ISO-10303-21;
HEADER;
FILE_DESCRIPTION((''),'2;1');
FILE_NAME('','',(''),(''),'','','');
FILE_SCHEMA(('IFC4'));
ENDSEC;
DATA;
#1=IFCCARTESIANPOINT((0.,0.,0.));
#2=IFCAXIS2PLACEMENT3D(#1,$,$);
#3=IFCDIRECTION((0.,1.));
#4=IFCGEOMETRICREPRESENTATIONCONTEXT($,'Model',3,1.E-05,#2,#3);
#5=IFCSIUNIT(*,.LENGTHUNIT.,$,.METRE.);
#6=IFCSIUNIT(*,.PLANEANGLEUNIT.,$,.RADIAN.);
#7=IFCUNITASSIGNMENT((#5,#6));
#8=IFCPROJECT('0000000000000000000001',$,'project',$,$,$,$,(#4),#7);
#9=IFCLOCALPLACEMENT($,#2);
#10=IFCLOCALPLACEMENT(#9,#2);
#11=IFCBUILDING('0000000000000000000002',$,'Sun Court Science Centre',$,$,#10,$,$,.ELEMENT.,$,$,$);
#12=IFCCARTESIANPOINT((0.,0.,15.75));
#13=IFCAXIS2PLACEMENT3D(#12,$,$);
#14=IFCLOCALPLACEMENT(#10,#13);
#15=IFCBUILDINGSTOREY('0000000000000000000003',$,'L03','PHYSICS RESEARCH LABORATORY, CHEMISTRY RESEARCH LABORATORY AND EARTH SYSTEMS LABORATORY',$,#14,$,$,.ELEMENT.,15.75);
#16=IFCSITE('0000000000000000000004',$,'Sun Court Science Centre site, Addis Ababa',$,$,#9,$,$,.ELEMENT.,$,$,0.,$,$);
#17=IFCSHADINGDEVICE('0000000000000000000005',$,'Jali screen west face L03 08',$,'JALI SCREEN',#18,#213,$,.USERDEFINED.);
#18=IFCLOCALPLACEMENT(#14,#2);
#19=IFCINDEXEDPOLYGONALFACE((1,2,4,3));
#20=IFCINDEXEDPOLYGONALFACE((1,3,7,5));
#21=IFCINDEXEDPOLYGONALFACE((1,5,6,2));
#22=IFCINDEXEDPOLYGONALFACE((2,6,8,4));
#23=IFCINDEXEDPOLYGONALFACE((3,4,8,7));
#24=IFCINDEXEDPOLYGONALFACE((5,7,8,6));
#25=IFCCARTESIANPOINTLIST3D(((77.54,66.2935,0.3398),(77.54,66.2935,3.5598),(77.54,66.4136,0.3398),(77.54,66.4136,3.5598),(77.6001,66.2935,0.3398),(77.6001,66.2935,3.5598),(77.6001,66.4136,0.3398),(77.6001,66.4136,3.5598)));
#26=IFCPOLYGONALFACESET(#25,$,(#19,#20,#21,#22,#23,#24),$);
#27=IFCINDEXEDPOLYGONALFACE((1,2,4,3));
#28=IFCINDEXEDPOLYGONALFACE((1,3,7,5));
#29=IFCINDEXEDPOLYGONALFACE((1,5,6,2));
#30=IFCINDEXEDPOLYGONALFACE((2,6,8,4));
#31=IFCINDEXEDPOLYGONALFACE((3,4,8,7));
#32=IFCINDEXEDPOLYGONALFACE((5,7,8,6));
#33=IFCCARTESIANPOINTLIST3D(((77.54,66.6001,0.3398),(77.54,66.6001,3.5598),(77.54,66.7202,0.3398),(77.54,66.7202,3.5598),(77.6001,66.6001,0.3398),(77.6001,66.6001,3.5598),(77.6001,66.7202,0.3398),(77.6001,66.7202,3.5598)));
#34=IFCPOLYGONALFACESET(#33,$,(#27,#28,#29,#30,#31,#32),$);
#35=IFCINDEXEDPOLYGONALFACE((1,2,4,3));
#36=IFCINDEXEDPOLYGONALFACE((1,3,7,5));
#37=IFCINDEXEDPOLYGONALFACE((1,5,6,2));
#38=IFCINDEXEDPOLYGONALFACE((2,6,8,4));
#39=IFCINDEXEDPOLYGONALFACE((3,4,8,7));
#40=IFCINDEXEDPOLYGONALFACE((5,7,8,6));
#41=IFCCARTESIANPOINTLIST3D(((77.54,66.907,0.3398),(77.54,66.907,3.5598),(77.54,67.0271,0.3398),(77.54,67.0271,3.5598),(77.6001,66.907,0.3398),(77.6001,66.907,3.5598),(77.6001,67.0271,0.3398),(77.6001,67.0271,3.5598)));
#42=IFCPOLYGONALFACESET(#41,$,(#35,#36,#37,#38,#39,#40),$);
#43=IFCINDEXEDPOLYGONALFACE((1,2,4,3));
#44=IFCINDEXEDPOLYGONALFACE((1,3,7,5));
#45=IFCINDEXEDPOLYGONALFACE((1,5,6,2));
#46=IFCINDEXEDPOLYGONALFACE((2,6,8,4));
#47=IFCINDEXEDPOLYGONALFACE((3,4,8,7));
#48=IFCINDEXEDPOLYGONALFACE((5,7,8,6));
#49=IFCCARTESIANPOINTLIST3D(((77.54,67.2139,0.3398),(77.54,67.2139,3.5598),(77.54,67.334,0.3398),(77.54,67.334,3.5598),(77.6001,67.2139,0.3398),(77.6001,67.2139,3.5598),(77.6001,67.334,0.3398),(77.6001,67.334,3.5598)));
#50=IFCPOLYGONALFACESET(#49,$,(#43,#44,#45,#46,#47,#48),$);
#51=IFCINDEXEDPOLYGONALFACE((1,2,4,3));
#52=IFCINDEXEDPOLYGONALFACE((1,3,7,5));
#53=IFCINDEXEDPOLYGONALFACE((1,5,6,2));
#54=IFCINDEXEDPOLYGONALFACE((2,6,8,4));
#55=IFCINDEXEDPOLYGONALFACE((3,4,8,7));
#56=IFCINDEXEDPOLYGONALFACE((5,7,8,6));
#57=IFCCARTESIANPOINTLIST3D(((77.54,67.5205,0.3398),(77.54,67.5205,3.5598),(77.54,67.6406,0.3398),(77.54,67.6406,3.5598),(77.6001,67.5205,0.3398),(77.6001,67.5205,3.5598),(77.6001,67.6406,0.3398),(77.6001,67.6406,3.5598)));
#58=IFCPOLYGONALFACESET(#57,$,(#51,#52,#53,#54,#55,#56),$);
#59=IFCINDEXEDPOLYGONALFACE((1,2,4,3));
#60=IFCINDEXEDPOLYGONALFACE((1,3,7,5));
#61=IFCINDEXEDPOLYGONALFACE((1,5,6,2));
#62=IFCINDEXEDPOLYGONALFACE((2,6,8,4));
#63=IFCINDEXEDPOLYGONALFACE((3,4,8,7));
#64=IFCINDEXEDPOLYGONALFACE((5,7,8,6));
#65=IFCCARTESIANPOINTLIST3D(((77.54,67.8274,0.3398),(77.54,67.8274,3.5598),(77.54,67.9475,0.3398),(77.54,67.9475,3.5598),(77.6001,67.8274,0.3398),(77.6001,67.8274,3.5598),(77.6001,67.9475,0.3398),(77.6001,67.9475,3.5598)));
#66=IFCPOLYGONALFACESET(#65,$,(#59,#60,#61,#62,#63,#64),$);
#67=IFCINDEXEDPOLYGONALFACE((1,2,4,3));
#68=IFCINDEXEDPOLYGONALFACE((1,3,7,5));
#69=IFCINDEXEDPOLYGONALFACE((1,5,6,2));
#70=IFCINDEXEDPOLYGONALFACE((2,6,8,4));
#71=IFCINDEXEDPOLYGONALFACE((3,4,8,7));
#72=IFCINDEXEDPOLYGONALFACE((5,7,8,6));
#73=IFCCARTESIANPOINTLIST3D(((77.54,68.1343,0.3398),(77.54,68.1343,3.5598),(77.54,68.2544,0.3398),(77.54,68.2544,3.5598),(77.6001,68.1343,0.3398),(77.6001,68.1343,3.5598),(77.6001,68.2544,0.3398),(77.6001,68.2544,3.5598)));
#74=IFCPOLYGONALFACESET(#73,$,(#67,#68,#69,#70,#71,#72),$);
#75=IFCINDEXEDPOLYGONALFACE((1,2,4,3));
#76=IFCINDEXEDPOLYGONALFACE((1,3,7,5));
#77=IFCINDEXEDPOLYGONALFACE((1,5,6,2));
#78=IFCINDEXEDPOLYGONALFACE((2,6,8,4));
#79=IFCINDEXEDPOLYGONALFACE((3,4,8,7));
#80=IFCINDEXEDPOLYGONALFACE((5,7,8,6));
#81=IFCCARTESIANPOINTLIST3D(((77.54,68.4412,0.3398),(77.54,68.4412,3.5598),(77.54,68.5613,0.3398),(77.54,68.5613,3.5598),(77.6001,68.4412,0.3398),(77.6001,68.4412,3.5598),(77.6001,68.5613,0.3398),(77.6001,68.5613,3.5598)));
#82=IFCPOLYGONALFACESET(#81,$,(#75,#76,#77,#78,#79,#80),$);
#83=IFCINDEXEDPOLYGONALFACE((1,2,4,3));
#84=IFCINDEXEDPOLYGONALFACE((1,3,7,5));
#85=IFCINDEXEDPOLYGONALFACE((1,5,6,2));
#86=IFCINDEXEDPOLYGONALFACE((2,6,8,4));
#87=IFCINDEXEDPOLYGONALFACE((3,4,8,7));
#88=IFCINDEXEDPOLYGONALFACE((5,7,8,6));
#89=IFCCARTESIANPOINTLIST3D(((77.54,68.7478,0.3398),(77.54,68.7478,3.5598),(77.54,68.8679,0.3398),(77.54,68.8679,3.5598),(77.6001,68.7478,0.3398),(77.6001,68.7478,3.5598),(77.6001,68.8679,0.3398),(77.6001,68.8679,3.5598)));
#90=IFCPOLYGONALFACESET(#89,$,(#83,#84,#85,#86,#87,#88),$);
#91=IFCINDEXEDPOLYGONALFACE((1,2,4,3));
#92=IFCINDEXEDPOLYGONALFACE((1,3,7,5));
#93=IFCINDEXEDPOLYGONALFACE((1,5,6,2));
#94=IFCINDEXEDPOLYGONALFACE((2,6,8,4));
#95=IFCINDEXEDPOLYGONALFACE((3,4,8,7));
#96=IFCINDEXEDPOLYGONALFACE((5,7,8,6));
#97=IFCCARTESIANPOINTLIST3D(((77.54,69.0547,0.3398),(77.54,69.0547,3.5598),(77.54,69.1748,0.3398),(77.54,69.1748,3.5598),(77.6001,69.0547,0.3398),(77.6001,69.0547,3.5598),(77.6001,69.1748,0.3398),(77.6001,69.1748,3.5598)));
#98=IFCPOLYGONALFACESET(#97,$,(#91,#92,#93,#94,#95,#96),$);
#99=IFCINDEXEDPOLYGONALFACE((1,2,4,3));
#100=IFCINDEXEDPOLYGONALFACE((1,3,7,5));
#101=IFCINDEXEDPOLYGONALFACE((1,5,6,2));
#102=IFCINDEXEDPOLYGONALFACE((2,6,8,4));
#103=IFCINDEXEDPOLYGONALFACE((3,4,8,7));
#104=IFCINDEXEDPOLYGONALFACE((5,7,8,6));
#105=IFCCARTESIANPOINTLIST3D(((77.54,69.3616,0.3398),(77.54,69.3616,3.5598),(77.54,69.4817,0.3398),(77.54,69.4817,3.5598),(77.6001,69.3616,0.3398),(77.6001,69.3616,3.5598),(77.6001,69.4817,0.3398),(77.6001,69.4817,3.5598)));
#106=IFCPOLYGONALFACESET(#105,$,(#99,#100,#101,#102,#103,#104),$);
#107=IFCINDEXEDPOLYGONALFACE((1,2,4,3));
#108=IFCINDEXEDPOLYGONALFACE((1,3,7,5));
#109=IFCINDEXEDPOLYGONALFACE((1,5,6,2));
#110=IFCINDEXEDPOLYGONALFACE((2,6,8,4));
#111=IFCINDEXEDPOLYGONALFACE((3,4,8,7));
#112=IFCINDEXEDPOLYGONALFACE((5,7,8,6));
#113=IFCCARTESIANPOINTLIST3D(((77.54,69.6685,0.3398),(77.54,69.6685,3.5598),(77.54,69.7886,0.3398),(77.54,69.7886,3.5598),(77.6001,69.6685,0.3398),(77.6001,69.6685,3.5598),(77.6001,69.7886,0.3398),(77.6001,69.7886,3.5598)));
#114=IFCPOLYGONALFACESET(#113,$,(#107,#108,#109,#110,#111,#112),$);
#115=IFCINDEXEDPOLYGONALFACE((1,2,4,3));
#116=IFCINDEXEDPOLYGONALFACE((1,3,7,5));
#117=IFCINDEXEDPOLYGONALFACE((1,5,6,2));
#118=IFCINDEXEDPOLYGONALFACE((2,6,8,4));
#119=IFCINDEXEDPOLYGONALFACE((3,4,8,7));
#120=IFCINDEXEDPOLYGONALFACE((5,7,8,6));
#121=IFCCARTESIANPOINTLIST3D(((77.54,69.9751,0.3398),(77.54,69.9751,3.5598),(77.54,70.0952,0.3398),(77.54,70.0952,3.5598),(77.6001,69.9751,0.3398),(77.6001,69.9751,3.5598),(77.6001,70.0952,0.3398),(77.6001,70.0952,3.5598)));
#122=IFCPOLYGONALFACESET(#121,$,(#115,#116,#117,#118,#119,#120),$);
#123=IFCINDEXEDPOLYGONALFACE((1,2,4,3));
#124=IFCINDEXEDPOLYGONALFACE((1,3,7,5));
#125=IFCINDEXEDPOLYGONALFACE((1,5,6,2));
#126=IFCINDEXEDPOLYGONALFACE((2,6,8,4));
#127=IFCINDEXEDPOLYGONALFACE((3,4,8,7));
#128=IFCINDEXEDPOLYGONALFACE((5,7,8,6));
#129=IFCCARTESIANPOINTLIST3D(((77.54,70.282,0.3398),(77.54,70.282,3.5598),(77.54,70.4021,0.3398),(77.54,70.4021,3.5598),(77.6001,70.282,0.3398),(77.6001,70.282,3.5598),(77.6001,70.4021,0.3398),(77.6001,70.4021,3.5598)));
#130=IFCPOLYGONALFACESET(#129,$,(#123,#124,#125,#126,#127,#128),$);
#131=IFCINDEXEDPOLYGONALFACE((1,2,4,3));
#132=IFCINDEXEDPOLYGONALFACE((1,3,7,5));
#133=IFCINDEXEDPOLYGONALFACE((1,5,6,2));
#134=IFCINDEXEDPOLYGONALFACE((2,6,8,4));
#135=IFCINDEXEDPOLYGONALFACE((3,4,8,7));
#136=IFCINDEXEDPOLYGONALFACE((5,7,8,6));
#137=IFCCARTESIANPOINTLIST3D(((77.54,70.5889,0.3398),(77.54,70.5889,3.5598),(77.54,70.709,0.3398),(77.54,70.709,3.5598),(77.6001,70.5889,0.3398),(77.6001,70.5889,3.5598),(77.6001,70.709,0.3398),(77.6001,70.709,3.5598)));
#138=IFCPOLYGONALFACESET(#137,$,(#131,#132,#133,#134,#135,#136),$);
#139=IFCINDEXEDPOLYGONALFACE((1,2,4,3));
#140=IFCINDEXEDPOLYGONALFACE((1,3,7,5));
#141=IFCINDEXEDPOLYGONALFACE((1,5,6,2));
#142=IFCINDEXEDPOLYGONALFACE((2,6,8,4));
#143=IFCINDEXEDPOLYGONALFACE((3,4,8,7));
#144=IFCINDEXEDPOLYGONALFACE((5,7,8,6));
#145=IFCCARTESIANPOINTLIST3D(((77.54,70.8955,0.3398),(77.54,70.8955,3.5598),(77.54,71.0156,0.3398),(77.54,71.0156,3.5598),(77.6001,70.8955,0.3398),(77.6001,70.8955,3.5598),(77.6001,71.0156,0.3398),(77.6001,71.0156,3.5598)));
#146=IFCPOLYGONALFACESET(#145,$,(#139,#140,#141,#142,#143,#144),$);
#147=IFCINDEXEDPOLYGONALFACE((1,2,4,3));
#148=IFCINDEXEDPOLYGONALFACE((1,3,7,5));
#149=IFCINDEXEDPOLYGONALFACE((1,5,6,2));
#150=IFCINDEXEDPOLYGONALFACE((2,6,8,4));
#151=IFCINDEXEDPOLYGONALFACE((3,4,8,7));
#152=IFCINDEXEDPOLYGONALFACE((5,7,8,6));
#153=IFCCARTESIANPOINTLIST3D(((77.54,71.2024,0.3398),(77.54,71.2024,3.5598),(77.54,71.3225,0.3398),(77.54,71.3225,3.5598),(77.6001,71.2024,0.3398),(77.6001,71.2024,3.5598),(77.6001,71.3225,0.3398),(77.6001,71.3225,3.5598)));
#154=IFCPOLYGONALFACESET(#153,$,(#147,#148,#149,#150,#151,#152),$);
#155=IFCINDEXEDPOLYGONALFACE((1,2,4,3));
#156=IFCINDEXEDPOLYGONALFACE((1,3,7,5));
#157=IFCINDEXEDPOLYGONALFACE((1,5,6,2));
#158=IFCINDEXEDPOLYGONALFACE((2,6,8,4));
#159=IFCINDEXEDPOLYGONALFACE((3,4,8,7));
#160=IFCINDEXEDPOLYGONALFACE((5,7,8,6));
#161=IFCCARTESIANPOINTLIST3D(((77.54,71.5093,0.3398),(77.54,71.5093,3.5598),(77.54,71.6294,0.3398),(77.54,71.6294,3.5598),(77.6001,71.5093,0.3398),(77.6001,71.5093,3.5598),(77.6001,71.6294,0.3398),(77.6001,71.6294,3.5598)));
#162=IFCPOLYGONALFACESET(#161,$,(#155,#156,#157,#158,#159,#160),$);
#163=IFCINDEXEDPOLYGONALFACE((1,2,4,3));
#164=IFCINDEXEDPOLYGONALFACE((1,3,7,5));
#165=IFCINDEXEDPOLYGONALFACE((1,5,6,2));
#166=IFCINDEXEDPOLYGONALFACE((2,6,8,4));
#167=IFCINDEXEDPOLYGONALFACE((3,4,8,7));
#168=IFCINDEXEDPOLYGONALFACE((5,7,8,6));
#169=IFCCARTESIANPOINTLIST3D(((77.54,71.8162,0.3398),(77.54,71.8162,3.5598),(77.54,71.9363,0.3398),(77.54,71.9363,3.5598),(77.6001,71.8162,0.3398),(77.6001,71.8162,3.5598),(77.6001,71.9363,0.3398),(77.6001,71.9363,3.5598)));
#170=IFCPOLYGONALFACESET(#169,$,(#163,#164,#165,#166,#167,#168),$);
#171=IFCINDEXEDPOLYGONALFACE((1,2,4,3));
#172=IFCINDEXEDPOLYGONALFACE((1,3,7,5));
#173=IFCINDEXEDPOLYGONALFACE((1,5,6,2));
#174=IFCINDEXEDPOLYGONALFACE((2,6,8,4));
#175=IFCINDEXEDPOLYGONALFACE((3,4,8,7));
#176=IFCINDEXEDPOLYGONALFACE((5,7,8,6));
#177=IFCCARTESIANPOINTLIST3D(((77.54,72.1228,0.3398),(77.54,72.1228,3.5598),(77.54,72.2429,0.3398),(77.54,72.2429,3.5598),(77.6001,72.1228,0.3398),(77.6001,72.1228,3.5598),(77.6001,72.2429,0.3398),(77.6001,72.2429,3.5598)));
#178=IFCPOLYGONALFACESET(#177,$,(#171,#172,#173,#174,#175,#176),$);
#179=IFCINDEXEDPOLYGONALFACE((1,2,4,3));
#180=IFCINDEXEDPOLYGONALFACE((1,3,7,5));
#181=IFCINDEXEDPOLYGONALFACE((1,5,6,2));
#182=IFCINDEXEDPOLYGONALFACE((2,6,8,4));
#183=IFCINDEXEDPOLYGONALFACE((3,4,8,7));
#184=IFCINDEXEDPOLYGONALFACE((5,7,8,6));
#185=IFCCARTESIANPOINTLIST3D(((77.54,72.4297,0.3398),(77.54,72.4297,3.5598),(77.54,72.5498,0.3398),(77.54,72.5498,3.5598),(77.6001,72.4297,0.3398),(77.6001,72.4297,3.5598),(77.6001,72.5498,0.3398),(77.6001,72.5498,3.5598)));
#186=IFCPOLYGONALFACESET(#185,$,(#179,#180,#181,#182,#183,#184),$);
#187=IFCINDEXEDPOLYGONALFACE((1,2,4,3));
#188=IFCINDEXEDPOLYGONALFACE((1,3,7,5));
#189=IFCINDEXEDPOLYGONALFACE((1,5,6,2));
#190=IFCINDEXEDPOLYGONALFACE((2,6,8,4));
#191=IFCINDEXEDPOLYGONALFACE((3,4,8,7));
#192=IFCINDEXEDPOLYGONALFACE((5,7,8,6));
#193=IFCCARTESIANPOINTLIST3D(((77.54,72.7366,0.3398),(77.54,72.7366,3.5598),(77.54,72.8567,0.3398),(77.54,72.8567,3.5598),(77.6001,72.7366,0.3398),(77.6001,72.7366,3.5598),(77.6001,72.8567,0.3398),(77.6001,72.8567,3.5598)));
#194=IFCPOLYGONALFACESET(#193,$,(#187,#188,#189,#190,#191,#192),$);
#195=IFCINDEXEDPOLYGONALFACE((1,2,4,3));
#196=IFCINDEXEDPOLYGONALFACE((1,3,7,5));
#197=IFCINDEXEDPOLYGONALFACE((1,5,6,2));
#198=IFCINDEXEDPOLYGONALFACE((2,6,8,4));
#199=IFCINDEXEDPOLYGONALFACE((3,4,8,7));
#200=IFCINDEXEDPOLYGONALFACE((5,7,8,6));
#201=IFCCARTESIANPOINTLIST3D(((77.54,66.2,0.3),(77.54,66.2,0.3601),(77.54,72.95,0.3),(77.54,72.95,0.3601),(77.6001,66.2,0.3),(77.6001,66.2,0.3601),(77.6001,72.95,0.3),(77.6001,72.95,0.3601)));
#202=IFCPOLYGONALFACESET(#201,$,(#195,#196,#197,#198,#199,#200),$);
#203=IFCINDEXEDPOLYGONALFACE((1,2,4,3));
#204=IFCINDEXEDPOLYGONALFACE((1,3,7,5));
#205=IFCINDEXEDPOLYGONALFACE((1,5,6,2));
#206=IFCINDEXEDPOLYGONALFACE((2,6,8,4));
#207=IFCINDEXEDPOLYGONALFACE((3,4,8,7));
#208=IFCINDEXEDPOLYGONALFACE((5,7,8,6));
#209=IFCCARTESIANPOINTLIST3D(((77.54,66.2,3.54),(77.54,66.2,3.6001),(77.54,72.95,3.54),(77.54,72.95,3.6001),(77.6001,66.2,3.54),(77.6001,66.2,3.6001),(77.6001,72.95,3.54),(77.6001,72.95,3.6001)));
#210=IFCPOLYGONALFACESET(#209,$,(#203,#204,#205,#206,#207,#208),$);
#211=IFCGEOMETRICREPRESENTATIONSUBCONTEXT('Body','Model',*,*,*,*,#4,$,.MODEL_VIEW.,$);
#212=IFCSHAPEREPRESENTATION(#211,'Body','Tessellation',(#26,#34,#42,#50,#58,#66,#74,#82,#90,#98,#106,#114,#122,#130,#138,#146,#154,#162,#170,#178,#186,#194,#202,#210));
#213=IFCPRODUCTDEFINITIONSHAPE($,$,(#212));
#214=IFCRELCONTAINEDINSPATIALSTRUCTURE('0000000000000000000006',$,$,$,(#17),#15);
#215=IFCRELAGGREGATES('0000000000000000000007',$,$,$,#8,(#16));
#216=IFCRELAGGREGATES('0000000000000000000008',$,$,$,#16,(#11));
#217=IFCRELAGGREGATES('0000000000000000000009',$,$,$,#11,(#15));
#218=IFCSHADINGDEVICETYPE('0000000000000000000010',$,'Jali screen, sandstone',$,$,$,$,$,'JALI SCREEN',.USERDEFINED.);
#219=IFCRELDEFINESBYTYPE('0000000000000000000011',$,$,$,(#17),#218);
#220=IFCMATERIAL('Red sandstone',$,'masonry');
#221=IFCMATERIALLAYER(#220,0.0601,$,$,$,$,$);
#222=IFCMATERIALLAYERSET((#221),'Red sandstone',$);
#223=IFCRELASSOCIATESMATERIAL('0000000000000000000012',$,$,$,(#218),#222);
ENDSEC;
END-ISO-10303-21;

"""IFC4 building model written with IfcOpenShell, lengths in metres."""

from ifc_helpers import new_model, si_unit, direction, frame, origin, origin_2d, place, context, subcontext, project, spatial, rectangle, extrude, material, layer, layer_set, type_object, element, save


model = new_model("IFC4")

# Units and contexts
model_context = context("Model", 3, precision=1e-05, world=origin(), true_north=direction((0.0, 1.0)))
body_context = subcontext(model_context, "Body", "Model", "MODEL_VIEW")
ifc_project = project(units=[si_unit("LENGTHUNIT", "METRE"), si_unit("PLANEANGLEUNIT", "RADIAN")], contexts=[model_context])

# Site, building, storey
site_placement = place(None, origin())
site = spatial("IfcSite", under=ifc_project, at=site_placement, Name="Sun Court Science Centre site, Addis Ababa", CompositionType="ELEMENT", RefElevation=0.0)
building_placement = place(site_placement, origin())
building = spatial("IfcBuilding", under=site, at=building_placement, Name="Sun Court Science Centre", CompositionType="ELEMENT")
storey_placement = place(building_placement, frame((0.0, 0.0, 15.75)))
storey = spatial("IfcBuildingStorey", under=building, at=storey_placement, Name="L03", Description="PHYSICS RESEARCH LABORATORY, CHEMISTRY RESEARCH LABORATORY AND EARTH SYSTEMS LABORATORY", CompositionType="ELEMENT", Elevation=15.75)

# Shading device
ifc_material_1 = material(Name="Red sandstone", Category="masonry")
ifc_layer_1 = layer(ifc_material_1, 0.0601)
ifc_layer_set_1 = layer_set([ifc_layer_1], Name="Red sandstone")
shading_device_type = type_object("IfcShadingDeviceType", Name="Jali screen, sandstone", ElementType="JALI SCREEN", PredefinedType="USERDEFINED", material=ifc_layer_set_1)
shading_device_1_placement = place(storey_placement, frame((0.0, 0.0, -15.75)))
element("IfcShadingDevice", 1, at=shading_device_1_placement, inside=storey, type_object=shading_device_type, Name="Jali screen west face L03 08", ObjectType="JALI SCREEN", PredefinedType="USERDEFINED", context=body_context, shape_type="SweptSolid", body=[
    extrude(rectangle(XDim=0.1201, YDim=0.0601, at=origin_2d()), frame((77.5701, 66.3535, 16.0898), z_axis=(0.0, 0.0, 1.0), x_axis=(0.0, 1.0, 0.0)), (0.0, 0.0, 1.0), 3.22),
    extrude(rectangle(XDim=0.1201, YDim=0.0601, at=origin_2d()), frame((77.5701, 66.6602, 16.0898), z_axis=(0.0, 0.0, 1.0), x_axis=(0.0, 1.0, 0.0)), (0.0, 0.0, 1.0), 3.22),
    extrude(rectangle(XDim=0.1201, YDim=0.0601, at=origin_2d()), frame((77.5701, 66.967, 16.0898), z_axis=(0.0, 0.0, 1.0), x_axis=(0.0, 1.0, 0.0)), (0.0, 0.0, 1.0), 3.22),
    extrude(rectangle(XDim=0.1201, YDim=0.0601, at=origin_2d()), frame((77.5701, 67.2739, 16.0898), z_axis=(0.0, 0.0, 1.0), x_axis=(0.0, 1.0, 0.0)), (0.0, 0.0, 1.0), 3.22),
    extrude(rectangle(XDim=0.1201, YDim=0.0601, at=origin_2d()), frame((77.5701, 67.5806, 16.0898), z_axis=(0.0, 0.0, 1.0), x_axis=(0.0, 1.0, 0.0)), (0.0, 0.0, 1.0), 3.22),
    extrude(rectangle(XDim=0.1201, YDim=0.0601, at=origin_2d()), frame((77.5701, 67.8875, 16.0898), z_axis=(0.0, 0.0, 1.0), x_axis=(0.0, 1.0, 0.0)), (0.0, 0.0, 1.0), 3.22),
    extrude(rectangle(XDim=0.1201, YDim=0.0601, at=origin_2d()), frame((77.5701, 68.1943, 16.0898), z_axis=(0.0, 0.0, 1.0), x_axis=(0.0, 1.0, 0.0)), (0.0, 0.0, 1.0), 3.22),
    extrude(rectangle(XDim=0.1201, YDim=0.0601, at=origin_2d()), frame((77.5701, 68.5012, 16.0898), z_axis=(0.0, 0.0, 1.0), x_axis=(0.0, 1.0, 0.0)), (0.0, 0.0, 1.0), 3.22),
    extrude(rectangle(XDim=0.1201, YDim=0.0601, at=origin_2d()), frame((77.5701, 68.8079, 16.0898), z_axis=(0.0, 0.0, 1.0), x_axis=(0.0, 1.0, 0.0)), (0.0, 0.0, 1.0), 3.22),
    extrude(rectangle(XDim=0.1201, YDim=0.0601, at=origin_2d()), frame((77.5701, 69.1147, 16.0898), z_axis=(0.0, 0.0, 1.0), x_axis=(0.0, 1.0, 0.0)), (0.0, 0.0, 1.0), 3.22),
    extrude(rectangle(XDim=0.1201, YDim=0.0601, at=origin_2d()), frame((77.5701, 69.4216, 16.0898), z_axis=(0.0, 0.0, 1.0), x_axis=(0.0, 1.0, 0.0)), (0.0, 0.0, 1.0), 3.22),
    extrude(rectangle(XDim=0.1201, YDim=0.0601, at=origin_2d()), frame((77.5701, 69.7285, 16.0898), z_axis=(0.0, 0.0, 1.0), x_axis=(0.0, 1.0, 0.0)), (0.0, 0.0, 1.0), 3.22),
    extrude(rectangle(XDim=0.1201, YDim=0.0601, at=origin_2d()), frame((77.5701, 70.0352, 16.0898), z_axis=(0.0, 0.0, 1.0), x_axis=(0.0, 1.0, 0.0)), (0.0, 0.0, 1.0), 3.22),
    extrude(rectangle(XDim=0.1201, YDim=0.0601, at=origin_2d()), frame((77.5701, 70.342, 16.0898), z_axis=(0.0, 0.0, 1.0), x_axis=(0.0, 1.0, 0.0)), (0.0, 0.0, 1.0), 3.22),
    extrude(rectangle(XDim=0.1201, YDim=0.0601, at=origin_2d()), frame((77.5701, 70.6489, 16.0898), z_axis=(0.0, 0.0, 1.0), x_axis=(0.0, 1.0, 0.0)), (0.0, 0.0, 1.0), 3.22),
    extrude(rectangle(XDim=0.1201, YDim=0.0601, at=origin_2d()), frame((77.5701, 70.9556, 16.0898), z_axis=(0.0, 0.0, 1.0), x_axis=(0.0, 1.0, 0.0)), (0.0, 0.0, 1.0), 3.22),
    extrude(rectangle(XDim=0.1201, YDim=0.0601, at=origin_2d()), frame((77.5701, 71.2625, 16.0898), z_axis=(0.0, 0.0, 1.0), x_axis=(0.0, 1.0, 0.0)), (0.0, 0.0, 1.0), 3.22),
    extrude(rectangle(XDim=0.1201, YDim=0.0601, at=origin_2d()), frame((77.5701, 71.5693, 16.0898), z_axis=(0.0, 0.0, 1.0), x_axis=(0.0, 1.0, 0.0)), (0.0, 0.0, 1.0), 3.22),
    extrude(rectangle(XDim=0.1201, YDim=0.0601, at=origin_2d()), frame((77.5701, 71.8762, 16.0898), z_axis=(0.0, 0.0, 1.0), x_axis=(0.0, 1.0, 0.0)), (0.0, 0.0, 1.0), 3.22),
    extrude(rectangle(XDim=0.1201, YDim=0.0601, at=origin_2d()), frame((77.5701, 72.1829, 16.0898), z_axis=(0.0, 0.0, 1.0), x_axis=(0.0, 1.0, 0.0)), (0.0, 0.0, 1.0), 3.22),
    extrude(rectangle(XDim=0.1201, YDim=0.0601, at=origin_2d()), frame((77.5701, 72.4897, 16.0898), z_axis=(0.0, 0.0, 1.0), x_axis=(0.0, 1.0, 0.0)), (0.0, 0.0, 1.0), 3.22),
    extrude(rectangle(XDim=0.1201, YDim=0.0601, at=origin_2d()), frame((77.5701, 72.7966, 16.0898), z_axis=(0.0, 0.0, 1.0), x_axis=(0.0, 1.0, 0.0)), (0.0, 0.0, 1.0), 3.22),
    extrude(rectangle(XDim=6.75, YDim=0.0601, at=origin_2d()), frame((77.5701, 69.575, 16.05), z_axis=(0.0, 0.0, 1.0), x_axis=(0.0, 1.0, 0.0)), (0.0, 0.0, 1.0), 0.0601),
    extrude(rectangle(XDim=6.75, YDim=0.0601, at=origin_2d()), frame((77.5701, 69.575, 19.29), z_axis=(0.0, 0.0, 1.0), x_axis=(0.0, 1.0, 0.0)), (0.0, 0.0, 1.0), 0.0601),
])

save(model, "model.ifc")
